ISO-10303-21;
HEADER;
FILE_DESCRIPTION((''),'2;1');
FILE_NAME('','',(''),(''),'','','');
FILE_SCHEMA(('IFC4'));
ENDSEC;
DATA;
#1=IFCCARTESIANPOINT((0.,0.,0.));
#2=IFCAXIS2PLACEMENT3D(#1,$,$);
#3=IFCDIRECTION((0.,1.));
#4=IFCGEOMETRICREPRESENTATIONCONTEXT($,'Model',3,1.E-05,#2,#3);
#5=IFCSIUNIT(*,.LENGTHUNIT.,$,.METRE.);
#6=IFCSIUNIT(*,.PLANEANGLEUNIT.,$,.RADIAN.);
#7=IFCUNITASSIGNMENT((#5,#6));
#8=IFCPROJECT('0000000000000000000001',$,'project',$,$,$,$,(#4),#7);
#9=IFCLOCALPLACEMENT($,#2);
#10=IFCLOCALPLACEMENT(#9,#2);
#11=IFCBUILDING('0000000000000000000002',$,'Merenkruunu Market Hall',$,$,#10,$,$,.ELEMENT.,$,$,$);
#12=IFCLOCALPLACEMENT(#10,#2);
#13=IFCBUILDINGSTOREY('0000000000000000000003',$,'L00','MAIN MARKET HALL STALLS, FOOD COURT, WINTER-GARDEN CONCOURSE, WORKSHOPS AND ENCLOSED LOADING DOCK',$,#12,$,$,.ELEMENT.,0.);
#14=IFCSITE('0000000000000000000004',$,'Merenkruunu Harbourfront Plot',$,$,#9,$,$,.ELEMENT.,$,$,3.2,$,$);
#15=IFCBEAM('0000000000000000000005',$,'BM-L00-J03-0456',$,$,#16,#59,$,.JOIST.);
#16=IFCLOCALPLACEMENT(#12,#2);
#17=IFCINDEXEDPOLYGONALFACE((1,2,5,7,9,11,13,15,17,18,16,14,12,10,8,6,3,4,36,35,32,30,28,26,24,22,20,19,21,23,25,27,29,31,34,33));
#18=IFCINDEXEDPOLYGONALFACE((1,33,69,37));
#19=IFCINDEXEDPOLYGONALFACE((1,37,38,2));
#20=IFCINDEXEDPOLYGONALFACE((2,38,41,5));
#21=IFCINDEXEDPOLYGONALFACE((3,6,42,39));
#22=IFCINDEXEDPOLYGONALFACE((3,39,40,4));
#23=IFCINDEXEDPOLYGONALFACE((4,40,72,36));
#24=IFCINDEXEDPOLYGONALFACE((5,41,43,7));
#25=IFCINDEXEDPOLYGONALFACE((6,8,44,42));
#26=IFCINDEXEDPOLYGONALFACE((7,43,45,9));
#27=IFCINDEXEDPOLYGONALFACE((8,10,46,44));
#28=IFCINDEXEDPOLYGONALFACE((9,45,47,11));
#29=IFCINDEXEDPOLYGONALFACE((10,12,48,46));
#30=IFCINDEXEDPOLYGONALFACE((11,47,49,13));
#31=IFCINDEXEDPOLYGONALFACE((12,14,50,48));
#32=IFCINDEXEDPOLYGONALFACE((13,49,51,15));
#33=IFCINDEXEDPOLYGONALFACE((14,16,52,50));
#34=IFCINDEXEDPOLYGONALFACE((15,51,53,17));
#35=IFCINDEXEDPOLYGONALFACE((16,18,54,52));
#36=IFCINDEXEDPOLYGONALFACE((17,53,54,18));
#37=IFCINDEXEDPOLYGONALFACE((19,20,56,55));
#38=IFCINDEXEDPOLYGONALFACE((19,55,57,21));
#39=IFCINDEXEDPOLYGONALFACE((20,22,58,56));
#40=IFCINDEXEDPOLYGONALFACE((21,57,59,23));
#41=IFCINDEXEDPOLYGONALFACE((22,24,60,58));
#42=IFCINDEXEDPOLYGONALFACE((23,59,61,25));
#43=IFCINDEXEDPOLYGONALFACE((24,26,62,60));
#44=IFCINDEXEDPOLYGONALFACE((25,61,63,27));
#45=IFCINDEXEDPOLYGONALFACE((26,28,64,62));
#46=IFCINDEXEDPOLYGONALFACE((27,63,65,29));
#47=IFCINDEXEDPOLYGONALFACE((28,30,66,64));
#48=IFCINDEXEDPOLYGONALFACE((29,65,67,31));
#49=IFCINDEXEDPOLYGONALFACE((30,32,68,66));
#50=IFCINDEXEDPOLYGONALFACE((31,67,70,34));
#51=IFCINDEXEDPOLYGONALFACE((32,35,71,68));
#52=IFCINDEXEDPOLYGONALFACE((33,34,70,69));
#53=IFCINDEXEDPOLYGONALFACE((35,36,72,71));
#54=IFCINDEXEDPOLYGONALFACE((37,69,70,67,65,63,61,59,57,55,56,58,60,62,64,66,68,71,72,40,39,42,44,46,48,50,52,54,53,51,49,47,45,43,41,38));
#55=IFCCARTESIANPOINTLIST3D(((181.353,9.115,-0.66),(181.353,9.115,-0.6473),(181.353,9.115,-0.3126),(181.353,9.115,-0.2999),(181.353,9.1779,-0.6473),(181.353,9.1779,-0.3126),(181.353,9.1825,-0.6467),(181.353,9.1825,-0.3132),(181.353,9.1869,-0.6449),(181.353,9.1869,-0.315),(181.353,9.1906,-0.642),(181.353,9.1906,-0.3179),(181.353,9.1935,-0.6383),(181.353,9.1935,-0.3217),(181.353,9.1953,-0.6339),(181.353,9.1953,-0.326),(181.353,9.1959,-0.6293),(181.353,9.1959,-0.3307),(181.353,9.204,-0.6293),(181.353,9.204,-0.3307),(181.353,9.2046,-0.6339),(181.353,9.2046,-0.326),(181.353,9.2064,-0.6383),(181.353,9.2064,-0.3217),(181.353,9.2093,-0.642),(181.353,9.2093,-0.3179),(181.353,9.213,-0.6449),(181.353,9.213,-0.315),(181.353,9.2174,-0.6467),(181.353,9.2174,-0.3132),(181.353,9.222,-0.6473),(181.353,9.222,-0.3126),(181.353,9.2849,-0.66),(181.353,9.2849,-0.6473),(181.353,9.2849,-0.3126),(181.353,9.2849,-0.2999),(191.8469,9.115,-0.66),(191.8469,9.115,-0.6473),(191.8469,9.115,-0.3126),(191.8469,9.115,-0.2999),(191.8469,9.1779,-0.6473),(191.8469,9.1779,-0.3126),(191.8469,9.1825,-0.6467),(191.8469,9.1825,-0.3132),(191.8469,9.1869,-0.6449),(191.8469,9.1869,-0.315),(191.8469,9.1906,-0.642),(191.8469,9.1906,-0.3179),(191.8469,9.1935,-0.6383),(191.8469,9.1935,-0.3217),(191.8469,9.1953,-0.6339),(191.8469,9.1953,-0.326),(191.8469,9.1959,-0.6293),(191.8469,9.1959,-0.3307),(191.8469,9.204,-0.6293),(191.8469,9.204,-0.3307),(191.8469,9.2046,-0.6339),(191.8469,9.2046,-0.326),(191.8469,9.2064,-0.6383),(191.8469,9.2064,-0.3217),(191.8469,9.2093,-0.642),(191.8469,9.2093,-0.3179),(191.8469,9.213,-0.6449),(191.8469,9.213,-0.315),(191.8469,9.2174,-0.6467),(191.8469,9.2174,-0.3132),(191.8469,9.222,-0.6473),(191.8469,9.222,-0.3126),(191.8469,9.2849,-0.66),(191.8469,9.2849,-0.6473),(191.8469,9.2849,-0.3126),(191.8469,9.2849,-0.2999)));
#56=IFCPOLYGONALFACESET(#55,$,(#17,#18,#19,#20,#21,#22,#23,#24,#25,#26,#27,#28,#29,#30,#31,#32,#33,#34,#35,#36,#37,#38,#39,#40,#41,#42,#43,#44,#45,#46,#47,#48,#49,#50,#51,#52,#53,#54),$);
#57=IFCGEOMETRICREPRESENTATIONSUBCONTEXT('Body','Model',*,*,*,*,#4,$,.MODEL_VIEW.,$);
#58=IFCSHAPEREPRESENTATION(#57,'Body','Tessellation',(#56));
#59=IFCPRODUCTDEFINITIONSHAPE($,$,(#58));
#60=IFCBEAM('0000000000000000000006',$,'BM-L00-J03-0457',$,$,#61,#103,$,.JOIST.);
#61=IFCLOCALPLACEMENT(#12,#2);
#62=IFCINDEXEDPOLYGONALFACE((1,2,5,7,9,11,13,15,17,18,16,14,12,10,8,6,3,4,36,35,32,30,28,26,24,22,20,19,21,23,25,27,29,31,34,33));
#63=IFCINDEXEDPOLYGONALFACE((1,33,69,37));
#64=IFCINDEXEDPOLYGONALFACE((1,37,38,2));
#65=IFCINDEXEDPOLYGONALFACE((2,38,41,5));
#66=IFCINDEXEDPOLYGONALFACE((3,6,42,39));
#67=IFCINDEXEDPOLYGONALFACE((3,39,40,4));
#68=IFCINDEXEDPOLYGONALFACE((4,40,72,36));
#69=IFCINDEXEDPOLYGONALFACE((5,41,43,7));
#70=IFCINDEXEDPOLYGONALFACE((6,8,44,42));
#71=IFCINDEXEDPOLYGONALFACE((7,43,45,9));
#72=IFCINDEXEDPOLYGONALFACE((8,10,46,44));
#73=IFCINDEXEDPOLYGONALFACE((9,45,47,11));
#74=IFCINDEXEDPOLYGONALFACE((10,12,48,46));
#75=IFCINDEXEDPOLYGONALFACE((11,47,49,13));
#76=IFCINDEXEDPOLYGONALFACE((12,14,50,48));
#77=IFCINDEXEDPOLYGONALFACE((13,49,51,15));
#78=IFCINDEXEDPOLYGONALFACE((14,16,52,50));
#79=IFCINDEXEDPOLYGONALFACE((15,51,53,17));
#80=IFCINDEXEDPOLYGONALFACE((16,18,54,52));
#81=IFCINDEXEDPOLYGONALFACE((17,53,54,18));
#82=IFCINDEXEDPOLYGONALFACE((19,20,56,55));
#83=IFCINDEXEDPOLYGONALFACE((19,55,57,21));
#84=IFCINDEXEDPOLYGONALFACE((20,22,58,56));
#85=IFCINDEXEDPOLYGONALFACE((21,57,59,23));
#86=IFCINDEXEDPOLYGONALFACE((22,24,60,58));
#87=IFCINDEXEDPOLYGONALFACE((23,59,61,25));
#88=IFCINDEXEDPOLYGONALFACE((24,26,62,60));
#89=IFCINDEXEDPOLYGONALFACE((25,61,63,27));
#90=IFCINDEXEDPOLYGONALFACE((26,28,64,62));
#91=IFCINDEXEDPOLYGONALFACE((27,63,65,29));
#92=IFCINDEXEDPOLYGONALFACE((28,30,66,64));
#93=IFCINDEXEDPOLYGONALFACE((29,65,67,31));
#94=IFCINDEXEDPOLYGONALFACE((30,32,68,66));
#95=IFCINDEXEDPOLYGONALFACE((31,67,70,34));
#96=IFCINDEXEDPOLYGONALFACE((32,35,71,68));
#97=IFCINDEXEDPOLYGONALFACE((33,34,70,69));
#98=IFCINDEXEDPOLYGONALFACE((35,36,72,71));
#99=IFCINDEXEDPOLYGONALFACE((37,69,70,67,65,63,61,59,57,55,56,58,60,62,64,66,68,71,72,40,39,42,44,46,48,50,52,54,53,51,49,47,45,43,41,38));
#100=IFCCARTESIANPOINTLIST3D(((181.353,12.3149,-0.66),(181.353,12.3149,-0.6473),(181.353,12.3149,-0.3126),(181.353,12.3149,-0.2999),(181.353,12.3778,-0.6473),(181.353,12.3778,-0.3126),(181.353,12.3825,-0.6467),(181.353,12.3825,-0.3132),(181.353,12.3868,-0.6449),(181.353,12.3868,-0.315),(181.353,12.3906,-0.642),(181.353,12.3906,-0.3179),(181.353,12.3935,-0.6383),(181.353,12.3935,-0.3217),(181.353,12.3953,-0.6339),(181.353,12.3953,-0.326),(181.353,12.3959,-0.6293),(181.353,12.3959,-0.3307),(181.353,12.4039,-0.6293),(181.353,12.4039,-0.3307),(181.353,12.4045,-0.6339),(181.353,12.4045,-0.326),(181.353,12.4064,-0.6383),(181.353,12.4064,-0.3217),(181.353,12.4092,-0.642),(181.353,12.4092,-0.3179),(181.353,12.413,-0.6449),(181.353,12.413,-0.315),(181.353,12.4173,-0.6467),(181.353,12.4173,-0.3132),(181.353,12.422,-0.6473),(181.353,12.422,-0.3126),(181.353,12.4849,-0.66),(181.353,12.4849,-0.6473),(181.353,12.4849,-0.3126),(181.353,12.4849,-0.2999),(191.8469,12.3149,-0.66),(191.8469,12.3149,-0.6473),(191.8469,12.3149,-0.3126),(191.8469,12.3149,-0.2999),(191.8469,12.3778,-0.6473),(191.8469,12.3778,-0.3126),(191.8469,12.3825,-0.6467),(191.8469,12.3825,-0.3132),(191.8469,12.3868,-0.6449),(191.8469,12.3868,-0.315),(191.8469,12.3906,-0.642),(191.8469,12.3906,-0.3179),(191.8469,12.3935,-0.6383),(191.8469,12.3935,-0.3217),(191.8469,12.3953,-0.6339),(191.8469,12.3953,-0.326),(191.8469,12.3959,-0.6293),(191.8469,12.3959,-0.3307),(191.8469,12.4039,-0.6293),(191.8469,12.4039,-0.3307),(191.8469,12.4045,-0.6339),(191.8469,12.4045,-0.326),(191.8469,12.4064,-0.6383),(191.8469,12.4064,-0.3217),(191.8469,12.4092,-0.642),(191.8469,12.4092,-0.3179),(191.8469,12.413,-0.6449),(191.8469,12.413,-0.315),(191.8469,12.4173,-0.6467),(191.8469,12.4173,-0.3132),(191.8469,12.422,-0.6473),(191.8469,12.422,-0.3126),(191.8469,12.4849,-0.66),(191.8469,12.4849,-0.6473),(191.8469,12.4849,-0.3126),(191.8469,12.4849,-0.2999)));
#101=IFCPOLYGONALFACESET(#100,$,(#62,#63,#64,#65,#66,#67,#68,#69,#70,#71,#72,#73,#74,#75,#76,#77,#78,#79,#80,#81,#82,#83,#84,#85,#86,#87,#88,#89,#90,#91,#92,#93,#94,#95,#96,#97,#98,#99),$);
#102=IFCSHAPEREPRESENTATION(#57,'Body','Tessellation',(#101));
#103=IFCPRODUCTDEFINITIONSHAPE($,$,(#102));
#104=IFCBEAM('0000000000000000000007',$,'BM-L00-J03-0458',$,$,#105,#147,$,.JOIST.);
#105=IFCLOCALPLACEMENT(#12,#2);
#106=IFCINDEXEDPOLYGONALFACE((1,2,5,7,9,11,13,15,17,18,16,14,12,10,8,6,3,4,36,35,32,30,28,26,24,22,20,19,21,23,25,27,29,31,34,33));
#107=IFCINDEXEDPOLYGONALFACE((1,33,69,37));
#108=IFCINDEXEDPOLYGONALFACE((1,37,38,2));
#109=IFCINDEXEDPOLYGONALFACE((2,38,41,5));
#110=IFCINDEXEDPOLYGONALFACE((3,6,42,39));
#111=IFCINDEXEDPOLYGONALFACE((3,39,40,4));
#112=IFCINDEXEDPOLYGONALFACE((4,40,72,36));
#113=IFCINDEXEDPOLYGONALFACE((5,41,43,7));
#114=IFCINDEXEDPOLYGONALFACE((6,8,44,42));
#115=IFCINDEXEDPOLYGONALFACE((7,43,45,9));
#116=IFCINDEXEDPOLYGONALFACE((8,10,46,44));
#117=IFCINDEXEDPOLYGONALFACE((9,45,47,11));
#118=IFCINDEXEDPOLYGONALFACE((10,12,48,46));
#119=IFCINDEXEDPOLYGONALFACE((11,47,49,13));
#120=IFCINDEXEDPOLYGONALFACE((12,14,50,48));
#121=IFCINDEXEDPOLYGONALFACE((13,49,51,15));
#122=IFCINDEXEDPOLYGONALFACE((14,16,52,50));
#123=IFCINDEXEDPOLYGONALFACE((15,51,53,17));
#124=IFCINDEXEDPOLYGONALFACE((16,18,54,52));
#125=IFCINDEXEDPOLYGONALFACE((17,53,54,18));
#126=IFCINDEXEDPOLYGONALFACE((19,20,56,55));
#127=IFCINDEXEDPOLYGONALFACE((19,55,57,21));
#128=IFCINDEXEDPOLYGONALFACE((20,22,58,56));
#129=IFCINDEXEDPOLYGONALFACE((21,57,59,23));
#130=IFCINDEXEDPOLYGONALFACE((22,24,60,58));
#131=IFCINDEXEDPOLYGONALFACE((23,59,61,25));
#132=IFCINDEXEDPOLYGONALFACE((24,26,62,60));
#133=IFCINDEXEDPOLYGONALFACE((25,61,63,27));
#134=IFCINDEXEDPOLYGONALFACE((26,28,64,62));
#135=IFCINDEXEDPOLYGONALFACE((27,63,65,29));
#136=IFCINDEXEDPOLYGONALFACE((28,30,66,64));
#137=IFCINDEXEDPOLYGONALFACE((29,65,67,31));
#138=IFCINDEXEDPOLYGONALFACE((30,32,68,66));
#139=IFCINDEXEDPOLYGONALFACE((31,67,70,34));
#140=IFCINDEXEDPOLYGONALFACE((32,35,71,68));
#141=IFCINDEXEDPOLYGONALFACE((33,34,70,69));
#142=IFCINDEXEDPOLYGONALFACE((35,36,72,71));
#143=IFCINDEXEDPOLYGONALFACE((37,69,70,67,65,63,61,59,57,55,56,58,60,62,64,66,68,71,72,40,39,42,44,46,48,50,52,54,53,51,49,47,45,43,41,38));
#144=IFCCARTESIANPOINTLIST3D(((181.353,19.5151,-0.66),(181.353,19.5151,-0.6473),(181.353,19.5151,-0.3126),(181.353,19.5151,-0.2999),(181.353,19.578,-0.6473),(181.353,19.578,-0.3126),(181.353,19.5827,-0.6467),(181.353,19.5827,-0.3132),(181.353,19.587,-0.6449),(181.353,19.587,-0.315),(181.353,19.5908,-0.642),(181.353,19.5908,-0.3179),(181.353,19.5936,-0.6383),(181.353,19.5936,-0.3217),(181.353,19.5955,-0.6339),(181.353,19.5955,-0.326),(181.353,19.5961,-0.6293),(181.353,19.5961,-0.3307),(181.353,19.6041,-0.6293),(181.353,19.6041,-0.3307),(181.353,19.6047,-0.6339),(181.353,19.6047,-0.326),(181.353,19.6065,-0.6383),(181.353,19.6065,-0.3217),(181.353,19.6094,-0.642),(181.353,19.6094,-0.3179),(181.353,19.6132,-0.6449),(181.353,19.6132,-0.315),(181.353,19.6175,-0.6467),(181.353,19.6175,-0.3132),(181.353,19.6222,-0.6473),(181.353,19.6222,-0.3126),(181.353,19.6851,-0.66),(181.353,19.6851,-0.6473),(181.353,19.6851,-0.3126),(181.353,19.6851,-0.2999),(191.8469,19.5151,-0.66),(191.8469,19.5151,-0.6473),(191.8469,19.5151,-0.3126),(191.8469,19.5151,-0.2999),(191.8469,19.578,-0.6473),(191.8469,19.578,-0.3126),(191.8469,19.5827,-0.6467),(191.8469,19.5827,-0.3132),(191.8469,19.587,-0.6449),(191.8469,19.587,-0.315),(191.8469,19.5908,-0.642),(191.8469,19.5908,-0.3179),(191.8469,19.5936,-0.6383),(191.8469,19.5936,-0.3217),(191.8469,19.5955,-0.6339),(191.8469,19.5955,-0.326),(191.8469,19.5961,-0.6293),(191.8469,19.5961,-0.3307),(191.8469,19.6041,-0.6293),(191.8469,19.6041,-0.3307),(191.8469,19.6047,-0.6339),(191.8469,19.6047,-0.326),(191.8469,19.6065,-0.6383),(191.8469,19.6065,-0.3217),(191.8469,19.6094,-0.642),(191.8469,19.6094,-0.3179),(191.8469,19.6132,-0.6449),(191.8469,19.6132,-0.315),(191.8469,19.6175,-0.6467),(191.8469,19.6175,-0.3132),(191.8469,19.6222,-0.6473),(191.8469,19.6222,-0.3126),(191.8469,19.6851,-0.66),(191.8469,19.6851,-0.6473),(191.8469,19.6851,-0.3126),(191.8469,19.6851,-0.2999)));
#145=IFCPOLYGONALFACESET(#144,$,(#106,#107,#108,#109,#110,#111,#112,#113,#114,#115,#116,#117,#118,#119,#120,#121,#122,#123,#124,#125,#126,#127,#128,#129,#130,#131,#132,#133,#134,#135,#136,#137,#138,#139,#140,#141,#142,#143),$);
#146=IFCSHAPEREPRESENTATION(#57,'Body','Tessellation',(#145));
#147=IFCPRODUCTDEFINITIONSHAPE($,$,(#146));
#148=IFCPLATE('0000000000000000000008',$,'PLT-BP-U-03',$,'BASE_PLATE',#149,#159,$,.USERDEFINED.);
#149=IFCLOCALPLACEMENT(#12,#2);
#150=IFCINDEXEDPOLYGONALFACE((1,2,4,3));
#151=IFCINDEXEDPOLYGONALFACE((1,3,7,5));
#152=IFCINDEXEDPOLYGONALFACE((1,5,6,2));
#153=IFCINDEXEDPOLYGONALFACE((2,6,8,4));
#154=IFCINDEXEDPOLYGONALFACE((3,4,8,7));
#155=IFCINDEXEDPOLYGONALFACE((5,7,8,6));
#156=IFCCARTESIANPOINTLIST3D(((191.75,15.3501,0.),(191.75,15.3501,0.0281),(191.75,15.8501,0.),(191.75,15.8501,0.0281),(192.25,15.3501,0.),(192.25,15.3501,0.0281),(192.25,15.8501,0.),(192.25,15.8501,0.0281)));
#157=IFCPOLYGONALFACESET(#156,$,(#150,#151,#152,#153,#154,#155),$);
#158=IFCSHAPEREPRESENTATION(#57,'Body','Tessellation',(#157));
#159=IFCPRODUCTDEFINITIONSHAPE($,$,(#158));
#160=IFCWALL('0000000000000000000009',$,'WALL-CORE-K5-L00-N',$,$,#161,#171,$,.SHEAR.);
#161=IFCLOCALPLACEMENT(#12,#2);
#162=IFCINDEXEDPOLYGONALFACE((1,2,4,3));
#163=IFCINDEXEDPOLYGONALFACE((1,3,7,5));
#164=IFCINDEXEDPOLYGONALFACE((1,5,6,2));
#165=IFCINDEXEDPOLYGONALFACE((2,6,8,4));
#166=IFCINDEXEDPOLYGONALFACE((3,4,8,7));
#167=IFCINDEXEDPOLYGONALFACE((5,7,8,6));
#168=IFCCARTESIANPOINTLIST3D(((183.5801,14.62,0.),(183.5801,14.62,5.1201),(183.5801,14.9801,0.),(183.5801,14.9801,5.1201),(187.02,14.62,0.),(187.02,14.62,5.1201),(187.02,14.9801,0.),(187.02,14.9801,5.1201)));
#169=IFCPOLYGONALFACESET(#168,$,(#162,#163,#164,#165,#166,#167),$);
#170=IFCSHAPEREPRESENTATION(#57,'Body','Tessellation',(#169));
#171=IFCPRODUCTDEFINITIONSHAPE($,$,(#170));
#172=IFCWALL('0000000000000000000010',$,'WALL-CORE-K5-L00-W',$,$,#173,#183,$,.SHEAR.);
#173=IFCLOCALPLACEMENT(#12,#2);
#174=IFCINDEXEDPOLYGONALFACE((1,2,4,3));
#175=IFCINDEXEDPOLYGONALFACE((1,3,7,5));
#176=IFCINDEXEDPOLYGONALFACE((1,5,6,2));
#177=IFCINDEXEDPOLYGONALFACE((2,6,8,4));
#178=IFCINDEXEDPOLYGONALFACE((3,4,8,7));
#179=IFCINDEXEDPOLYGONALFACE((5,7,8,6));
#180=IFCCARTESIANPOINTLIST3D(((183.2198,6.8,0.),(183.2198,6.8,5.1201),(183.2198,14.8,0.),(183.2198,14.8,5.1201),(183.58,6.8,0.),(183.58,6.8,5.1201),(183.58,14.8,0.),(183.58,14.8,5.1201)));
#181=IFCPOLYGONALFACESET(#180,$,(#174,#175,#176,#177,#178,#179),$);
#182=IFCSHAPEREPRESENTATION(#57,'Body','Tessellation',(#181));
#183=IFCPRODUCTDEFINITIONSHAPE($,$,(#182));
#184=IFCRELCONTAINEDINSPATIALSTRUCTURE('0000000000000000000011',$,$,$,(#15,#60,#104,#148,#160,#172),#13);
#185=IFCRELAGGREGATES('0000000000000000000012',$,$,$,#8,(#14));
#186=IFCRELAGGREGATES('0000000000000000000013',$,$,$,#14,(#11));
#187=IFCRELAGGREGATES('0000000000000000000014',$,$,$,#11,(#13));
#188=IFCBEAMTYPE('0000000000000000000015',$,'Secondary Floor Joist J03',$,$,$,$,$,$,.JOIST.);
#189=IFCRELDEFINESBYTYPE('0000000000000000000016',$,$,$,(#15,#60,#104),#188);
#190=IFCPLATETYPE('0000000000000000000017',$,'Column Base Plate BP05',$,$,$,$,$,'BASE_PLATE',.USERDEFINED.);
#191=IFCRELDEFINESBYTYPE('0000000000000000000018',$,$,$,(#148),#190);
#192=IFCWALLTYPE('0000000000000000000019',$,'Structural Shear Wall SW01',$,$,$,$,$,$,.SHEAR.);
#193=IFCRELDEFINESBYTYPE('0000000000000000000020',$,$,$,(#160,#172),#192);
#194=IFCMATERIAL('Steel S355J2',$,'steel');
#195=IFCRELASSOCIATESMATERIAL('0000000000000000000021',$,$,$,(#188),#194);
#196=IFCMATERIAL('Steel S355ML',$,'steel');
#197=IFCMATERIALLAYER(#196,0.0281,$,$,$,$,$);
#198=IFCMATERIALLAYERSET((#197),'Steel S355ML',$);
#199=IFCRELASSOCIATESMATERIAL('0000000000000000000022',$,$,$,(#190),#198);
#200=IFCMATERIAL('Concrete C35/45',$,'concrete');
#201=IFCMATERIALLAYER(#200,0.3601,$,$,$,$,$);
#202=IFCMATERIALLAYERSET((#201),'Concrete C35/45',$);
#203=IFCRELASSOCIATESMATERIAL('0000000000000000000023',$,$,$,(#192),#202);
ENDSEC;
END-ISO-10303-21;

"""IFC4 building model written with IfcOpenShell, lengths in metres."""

from ifc_helpers import new_model, si_unit, direction, frame, frame_2d, origin, origin_2d, place, context, subcontext, project, spatial, rectangle, i_section, extrude, material, layer, layer_set, material_profile, profile_set, type_object, element, save


model = new_model("IFC4")

# Units and contexts
model_context = context("Model", 3, precision=1e-05, world=origin(), true_north=direction((0.0, 1.0)))
body_context = subcontext(model_context, "Body", "Model", "MODEL_VIEW")
ifc_project = project(units=[si_unit("LENGTHUNIT", "METRE"), si_unit("PLANEANGLEUNIT", "RADIAN")], contexts=[model_context])

# Site, building, storey
site_placement = place(None, origin())
site = spatial("IfcSite", under=ifc_project, at=site_placement, Name="Merenkruunu Harbourfront Plot", CompositionType="ELEMENT", RefElevation=3.2)
building_placement = place(site_placement, origin())
building = spatial("IfcBuilding", under=site, at=building_placement, Name="Merenkruunu Market Hall", CompositionType="ELEMENT")
storey_placement = place(building_placement, origin())
storey = spatial("IfcBuildingStorey", under=building, at=storey_placement, Name="L00", Description="MAIN MARKET HALL STALLS, FOOD COURT, WINTER-GARDEN CONCOURSE, WORKSHOPS AND ENCLOSED LOADING DOCK", CompositionType="ELEMENT", Elevation=0.0)

# Shared definitions
ifc_material_1 = material(Name="Steel S355ML", Category="steel")

# Beams
ifc_material_2 = material(Name="Steel S355J2", Category="steel")
ifc_material_profile_1 = material_profile(ifc_material_2, i_section(OverallWidth=0.1699, OverallDepth=0.3601, WebThickness=0.0081, FlangeThickness=0.0127, FilletRadius=0.0181, at=origin_2d()), Name="IPE 360")
ifc_profile_set_1 = profile_set([ifc_material_profile_1], Name="Steel S355J2")
beam_type_1 = type_object("IfcBeamType", Name="Secondary Floor Joist J03", PredefinedType="JOIST", material=ifc_profile_set_1)
for number, where, z_axis, x_axis, name in (
    (1, (181.353, 9.2, -0.48), (1.0, 0.0, 0.0), (0.0, 1.0, 0.0), "BM-L00-J03-0456"),
    (2, (181.353, 12.3999, -0.48), (1.0, 0.0, 0.0), (0.0, 1.0, 0.0), "BM-L00-J03-0457"),
    (3, (181.353, 19.6001, -0.48), (1.0, 0.0, 0.0), (0.0, 1.0, 0.0), "BM-L00-J03-0458"),
):
    element("IfcBeam", number, at=place(storey_placement, frame(where, z_axis=z_axis, x_axis=x_axis)), inside=storey, type_object=beam_type_1, Name=name, PredefinedType="JOIST", context=body_context, shape_type="SweptSolid", body=[
        extrude(i_section(OverallWidth=0.1699, OverallDepth=0.3601, WebThickness=0.0081, FlangeThickness=0.0127, FilletRadius=0.0181, at=origin_2d()), origin(), (0.0, 0.0, 1.0), 10.4939),
    ])

# Plate
ifc_layer_1 = layer(ifc_material_1, 0.0281)
ifc_layer_set_1 = layer_set([ifc_layer_1], Name="Steel S355ML")
plate_type = type_object("IfcPlateType", Name="Column Base Plate BP05", ElementType="BASE_PLATE", PredefinedType="USERDEFINED", material=ifc_layer_set_1)
plate_placement = place(storey_placement, frame((192.0, 15.6001, 0.0), z_axis=(0.0, 0.0, 1.0), x_axis=(1.0, 0.0, 0.0)))
element("IfcPlate", 4, at=plate_placement, inside=storey, type_object=plate_type, Name="PLT-BP-U-03", ObjectType="BASE_PLATE", PredefinedType="USERDEFINED", context=body_context, shape_type="SweptSolid", body=[
    extrude(rectangle(XDim=0.5, YDim=0.5, at=origin_2d()), origin(), (0.0, 0.0, 1.0), 0.0281),
])

# Walls
ifc_material_3 = material(Name="Concrete C35/45", Category="concrete")
ifc_layer_2 = layer(ifc_material_3, 0.3601)
ifc_layer_set_2 = layer_set([ifc_layer_2], Name="Concrete C35/45")
wall_type_1 = type_object("IfcWallType", Name="Structural Shear Wall SW01", PredefinedType="SHEAR", material=ifc_layer_set_2)
wall_1_placement = place(storey_placement, frame((187.02, 14.8, 0.0), z_axis=(0.0, 0.0, 1.0), x_axis=(-1.0, 0.0, 0.0)))
element("IfcWall", 5, at=wall_1_placement, inside=storey, type_object=wall_type_1, Name="WALL-CORE-K5-L00-N", PredefinedType="SHEAR", context=body_context, shape_type="SweptSolid", body=[
    extrude(rectangle(XDim=3.4399, YDim=0.3601, at=frame_2d((1.72, 0.0))), origin(), (0.0, 0.0, 1.0), 5.1201),
])
wall_2_placement = place(storey_placement, frame((183.3999, 14.8, 0.0), z_axis=(0.0, 0.0, 1.0), x_axis=(0.0, -1.0, 0.0)))
element("IfcWall", 6, at=wall_2_placement, inside=storey, type_object=wall_type_1, Name="WALL-CORE-K5-L00-W", PredefinedType="SHEAR", context=body_context, shape_type="SweptSolid", body=[
    extrude(rectangle(XDim=8.0, YDim=0.3601, at=frame_2d((4.0, 0.0))), origin(), (0.0, 0.0, 1.0), 5.1201),
])

save(model, "model.ifc")
